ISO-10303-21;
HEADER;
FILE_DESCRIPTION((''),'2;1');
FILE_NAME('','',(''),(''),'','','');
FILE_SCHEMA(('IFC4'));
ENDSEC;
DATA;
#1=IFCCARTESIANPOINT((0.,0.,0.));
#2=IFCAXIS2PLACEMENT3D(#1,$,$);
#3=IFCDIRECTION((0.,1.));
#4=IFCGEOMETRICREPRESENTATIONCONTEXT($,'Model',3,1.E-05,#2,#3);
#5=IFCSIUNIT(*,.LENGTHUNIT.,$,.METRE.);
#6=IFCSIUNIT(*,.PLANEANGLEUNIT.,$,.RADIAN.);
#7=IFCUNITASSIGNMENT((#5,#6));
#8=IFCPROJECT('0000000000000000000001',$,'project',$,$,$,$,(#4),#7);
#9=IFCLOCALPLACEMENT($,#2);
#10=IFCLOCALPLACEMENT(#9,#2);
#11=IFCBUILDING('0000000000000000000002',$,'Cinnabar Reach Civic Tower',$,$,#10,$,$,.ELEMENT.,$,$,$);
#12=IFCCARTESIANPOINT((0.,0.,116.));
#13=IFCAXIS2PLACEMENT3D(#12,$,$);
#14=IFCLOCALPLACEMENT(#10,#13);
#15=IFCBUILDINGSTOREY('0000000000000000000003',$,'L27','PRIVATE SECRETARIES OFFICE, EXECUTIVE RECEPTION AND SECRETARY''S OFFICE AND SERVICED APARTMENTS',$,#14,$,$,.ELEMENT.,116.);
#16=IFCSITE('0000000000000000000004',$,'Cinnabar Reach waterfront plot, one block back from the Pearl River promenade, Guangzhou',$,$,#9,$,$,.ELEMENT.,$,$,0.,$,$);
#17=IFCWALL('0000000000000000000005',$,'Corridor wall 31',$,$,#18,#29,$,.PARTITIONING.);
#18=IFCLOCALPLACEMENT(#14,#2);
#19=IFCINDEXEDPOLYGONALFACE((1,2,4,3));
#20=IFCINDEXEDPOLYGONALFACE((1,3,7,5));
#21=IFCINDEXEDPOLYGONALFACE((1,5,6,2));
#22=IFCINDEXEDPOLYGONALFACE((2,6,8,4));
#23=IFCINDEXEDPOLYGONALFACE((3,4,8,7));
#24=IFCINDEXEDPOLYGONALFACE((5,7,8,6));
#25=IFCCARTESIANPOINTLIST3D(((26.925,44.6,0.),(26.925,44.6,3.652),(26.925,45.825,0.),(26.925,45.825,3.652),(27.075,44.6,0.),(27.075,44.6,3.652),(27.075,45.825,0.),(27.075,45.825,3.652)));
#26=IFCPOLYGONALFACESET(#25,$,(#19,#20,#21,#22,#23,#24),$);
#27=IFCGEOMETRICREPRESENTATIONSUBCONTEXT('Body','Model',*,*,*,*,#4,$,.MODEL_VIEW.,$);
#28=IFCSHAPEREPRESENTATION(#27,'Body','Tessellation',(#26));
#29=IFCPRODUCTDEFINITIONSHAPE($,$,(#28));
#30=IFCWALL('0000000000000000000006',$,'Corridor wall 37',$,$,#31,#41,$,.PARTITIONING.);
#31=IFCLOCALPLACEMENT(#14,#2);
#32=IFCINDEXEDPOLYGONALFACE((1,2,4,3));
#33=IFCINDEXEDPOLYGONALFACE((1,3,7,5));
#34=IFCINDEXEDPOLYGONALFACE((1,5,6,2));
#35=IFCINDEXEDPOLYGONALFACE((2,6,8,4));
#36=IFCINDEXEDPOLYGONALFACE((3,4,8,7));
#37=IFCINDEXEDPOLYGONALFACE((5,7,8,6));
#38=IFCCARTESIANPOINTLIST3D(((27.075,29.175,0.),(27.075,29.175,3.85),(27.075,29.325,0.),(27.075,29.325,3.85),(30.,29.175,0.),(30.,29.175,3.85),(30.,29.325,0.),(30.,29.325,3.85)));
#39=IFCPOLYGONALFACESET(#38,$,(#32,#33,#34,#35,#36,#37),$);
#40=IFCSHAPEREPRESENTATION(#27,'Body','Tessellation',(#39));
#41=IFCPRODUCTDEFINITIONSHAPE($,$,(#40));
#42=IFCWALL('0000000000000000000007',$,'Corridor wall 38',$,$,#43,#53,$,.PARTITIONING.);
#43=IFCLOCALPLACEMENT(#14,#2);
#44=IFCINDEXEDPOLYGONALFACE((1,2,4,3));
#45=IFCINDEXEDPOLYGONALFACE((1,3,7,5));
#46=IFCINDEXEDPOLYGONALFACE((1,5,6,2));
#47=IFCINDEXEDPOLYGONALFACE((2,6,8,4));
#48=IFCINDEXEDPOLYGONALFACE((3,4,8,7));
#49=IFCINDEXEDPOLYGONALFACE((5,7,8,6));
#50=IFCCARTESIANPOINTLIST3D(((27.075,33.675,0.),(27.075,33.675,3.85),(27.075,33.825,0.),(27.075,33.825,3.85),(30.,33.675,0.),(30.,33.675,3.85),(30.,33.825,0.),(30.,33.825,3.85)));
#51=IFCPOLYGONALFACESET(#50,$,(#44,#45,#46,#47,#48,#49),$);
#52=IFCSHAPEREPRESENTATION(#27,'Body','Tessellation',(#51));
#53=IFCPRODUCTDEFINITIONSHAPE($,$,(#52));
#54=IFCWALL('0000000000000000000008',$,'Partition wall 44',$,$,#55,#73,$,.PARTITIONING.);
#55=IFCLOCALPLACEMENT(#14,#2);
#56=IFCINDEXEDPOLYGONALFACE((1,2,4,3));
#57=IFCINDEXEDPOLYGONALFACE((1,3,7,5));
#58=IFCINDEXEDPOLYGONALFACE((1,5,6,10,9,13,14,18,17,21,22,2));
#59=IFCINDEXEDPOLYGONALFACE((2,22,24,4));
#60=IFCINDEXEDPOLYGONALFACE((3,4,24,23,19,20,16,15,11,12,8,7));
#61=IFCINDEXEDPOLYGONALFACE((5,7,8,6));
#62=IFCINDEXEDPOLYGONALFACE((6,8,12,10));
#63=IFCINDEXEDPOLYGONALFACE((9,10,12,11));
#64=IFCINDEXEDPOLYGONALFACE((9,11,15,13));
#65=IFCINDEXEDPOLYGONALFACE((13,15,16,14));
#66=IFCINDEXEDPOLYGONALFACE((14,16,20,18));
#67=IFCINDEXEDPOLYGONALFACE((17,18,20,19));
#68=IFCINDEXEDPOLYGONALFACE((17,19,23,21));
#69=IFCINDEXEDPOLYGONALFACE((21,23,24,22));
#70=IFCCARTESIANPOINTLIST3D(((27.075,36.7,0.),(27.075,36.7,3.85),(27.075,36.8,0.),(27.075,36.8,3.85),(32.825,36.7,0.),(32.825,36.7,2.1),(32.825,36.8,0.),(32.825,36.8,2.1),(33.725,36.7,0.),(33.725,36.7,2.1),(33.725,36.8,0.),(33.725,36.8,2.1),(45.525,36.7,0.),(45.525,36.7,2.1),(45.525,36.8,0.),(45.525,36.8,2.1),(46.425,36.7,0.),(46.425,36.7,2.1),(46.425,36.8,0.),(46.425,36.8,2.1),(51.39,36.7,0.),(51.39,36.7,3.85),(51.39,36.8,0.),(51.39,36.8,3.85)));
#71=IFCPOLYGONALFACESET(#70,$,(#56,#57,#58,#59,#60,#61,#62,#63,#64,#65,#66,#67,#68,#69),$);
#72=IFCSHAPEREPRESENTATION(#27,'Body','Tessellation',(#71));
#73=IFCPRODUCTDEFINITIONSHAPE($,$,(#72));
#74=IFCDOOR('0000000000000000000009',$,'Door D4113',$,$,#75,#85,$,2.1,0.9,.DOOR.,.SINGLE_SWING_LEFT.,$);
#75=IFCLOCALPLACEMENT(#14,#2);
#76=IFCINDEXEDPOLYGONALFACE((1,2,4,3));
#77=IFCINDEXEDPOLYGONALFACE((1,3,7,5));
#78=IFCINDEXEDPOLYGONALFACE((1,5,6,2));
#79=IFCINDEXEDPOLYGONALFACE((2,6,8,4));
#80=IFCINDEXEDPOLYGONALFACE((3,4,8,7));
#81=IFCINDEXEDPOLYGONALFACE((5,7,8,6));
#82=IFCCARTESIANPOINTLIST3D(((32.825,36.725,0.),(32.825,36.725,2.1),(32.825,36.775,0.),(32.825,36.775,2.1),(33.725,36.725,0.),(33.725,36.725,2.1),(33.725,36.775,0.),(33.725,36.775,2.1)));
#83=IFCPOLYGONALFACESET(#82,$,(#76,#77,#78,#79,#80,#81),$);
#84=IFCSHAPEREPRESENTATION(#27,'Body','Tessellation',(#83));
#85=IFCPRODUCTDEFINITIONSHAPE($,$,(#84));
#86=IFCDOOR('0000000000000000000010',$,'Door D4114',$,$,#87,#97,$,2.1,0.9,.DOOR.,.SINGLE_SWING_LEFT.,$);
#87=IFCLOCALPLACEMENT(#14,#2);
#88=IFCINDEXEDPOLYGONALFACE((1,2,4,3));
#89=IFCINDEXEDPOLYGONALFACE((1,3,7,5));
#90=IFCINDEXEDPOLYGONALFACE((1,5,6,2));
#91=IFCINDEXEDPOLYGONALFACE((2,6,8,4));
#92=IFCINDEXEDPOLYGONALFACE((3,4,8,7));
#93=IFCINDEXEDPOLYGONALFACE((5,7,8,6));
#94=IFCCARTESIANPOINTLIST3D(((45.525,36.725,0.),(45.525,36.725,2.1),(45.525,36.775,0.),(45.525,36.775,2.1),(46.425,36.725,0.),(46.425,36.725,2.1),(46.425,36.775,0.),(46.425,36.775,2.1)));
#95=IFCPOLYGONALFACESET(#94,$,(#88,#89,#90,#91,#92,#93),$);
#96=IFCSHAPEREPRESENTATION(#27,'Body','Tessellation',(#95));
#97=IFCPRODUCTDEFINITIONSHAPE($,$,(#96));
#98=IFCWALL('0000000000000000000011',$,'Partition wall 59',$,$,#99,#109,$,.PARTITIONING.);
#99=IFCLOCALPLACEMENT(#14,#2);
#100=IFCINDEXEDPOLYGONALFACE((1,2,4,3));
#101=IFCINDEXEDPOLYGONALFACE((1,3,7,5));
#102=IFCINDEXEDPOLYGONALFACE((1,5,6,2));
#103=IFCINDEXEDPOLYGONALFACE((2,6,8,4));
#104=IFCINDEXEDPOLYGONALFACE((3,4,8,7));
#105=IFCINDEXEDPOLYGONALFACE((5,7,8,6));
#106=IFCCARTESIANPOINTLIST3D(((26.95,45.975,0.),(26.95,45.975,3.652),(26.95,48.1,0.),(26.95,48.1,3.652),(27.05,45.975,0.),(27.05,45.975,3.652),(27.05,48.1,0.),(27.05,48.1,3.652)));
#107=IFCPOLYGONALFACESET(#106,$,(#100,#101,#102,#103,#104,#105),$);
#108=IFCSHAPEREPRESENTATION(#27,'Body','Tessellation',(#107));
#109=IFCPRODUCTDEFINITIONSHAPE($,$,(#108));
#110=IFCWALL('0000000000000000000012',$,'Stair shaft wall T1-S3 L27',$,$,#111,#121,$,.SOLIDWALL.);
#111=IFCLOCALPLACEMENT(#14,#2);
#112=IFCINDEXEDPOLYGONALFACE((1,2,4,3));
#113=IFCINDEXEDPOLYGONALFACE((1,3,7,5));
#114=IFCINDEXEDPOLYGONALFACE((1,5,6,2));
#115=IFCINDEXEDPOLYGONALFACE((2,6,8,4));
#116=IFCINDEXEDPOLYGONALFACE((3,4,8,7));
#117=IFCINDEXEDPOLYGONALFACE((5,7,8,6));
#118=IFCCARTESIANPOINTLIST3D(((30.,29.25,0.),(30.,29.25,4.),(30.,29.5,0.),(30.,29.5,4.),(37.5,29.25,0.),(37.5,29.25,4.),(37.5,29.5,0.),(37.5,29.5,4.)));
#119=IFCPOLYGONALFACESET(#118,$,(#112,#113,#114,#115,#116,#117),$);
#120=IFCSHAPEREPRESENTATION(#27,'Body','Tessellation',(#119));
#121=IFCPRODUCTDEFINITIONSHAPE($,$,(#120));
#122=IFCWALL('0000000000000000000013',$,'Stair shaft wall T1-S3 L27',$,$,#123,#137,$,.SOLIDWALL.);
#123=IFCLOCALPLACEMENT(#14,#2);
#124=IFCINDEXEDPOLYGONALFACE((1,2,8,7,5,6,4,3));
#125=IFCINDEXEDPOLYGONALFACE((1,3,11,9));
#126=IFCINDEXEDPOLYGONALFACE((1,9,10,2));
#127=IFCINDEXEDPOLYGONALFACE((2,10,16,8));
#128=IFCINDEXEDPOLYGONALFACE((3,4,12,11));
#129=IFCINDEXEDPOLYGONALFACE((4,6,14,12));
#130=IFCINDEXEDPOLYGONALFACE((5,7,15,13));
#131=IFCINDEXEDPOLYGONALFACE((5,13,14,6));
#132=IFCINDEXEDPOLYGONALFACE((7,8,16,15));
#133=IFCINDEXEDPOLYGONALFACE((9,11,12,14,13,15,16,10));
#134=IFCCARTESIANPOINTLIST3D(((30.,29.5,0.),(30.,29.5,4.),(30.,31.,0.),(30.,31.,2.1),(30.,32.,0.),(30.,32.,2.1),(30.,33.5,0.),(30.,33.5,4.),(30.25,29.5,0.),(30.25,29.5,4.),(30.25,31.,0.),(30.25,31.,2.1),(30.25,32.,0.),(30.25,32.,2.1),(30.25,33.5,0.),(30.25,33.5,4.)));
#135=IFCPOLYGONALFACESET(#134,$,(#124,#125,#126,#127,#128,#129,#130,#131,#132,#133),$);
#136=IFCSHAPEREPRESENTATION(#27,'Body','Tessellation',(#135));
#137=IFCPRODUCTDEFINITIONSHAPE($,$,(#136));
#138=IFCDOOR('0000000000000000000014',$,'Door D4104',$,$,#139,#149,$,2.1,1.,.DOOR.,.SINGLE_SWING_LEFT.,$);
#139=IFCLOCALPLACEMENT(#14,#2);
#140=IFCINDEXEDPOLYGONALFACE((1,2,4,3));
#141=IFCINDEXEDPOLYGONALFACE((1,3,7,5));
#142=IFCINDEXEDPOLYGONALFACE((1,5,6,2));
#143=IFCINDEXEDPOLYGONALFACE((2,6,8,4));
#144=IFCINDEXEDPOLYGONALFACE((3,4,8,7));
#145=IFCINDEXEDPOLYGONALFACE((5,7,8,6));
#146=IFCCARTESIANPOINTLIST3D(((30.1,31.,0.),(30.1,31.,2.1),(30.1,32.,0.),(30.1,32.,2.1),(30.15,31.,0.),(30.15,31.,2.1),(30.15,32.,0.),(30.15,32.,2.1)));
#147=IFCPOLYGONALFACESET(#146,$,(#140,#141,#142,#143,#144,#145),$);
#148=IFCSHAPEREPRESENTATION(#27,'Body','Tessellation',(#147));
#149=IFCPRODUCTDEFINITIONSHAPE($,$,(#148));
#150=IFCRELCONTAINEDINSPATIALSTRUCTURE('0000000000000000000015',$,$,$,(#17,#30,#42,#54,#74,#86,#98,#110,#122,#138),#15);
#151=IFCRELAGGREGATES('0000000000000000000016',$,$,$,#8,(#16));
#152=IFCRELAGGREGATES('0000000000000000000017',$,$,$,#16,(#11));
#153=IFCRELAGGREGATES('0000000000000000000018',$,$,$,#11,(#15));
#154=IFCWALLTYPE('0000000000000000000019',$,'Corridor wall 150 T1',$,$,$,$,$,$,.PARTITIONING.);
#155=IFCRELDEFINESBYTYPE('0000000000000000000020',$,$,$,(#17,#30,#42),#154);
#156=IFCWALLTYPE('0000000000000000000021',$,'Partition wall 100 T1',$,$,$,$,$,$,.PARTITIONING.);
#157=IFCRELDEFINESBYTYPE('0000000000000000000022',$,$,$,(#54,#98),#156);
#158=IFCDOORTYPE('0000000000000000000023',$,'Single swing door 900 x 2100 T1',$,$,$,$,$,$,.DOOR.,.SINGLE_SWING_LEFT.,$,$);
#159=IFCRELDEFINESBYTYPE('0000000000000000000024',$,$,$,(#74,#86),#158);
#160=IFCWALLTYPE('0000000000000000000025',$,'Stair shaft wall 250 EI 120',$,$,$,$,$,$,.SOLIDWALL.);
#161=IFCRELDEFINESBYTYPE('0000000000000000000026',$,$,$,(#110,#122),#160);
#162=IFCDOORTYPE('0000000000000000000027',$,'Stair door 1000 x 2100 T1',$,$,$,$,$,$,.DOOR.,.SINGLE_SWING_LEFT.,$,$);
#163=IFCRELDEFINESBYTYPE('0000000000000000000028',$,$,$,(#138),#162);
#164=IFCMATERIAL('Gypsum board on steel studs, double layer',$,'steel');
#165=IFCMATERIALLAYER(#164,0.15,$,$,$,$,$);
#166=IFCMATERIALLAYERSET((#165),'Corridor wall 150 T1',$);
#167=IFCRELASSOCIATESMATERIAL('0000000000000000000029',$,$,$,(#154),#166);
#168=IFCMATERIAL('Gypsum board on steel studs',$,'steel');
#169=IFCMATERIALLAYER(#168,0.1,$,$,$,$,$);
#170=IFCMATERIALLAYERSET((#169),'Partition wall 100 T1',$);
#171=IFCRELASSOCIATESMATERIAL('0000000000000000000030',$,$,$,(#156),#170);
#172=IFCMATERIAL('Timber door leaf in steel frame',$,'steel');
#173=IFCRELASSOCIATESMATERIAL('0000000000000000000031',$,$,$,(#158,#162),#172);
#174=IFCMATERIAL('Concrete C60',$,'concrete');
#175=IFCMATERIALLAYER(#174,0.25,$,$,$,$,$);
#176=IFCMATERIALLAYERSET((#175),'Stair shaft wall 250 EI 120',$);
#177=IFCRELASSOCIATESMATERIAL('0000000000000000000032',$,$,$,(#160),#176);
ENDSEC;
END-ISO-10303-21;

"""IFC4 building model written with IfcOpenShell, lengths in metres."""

from ifc_helpers import new_model, si_unit, direction, frame, frame_2d, origin, place, context, subcontext, project, spatial, rectangle, extrude, material, layer, layer_set, type_object, element, fill, save


model = new_model("IFC4")

# Units and contexts
model_context = context("Model", 3, precision=1e-05, world=origin(), true_north=direction((0.0, 1.0)))
body_context = subcontext(model_context, "Body", "Model", "MODEL_VIEW")
ifc_project = project(units=[si_unit("LENGTHUNIT", "METRE"), si_unit("PLANEANGLEUNIT", "RADIAN")], contexts=[model_context])

# Site, building, storey
site_placement = place(None, origin())
site = spatial("IfcSite", under=ifc_project, at=site_placement, Name="Cinnabar Reach waterfront plot, one block back from the Pearl River promenade, Guangzhou", CompositionType="ELEMENT", RefElevation=0.0)
building_placement = place(site_placement, origin())
building = spatial("IfcBuilding", under=site, at=building_placement, Name="Cinnabar Reach Civic Tower", CompositionType="ELEMENT")
storey_placement = place(building_placement, frame((0.0, 0.0, 116.0)))
storey = spatial("IfcBuildingStorey", under=building, at=storey_placement, Name="L27", Description="PRIVATE SECRETARIES OFFICE, EXECUTIVE RECEPTION AND SECRETARY'S OFFICE AND SERVICED APARTMENTS", CompositionType="ELEMENT", Elevation=116.0)

# Shared definitions
ifc_material_1 = material(Name="Gypsum board on steel studs, double layer", Category="steel")
ifc_layer_1 = layer(ifc_material_1, 0.15)
ifc_layer_set_1 = layer_set([ifc_layer_1], Name="Corridor wall 150 T1")
wall_type_1 = type_object("IfcWallType", Name="Corridor wall 150 T1", PredefinedType="PARTITIONING", material=ifc_layer_set_1)
ifc_material_2 = material(Name="Timber door leaf in steel frame", Category="steel")

# Walls
wall_1_placement = place(storey_placement, frame((27.0, 44.6, 0.0), z_axis=(0.0, 0.0, 1.0), x_axis=(0.0, 1.0, 0.0)))
element("IfcWall", 1, at=wall_1_placement, inside=storey, type_object=wall_type_1, Name="Corridor wall 31", PredefinedType="PARTITIONING", context=body_context, shape_type="SweptSolid", body=[
    extrude(rectangle(XDim=1.225, YDim=0.15, at=frame_2d((0.6125, 0.0))), origin(), (0.0, 0.0, 1.0), 3.652),
])
for number, where, z_axis, x_axis, name in (
    (2, (27.075, 29.25, 0.0), (0.0, 0.0, 1.0), (1.0, 0.0, 0.0), "Corridor wall 37"),
    (3, (27.075, 33.75, 0.0), (0.0, 0.0, 1.0), (1.0, 0.0, 0.0), "Corridor wall 38"),
):
    element("IfcWall", number, at=place(storey_placement, frame(where, z_axis=z_axis, x_axis=x_axis)), inside=storey, type_object=wall_type_1, Name=name, PredefinedType="PARTITIONING", context=body_context, shape_type="SweptSolid", body=[
        extrude(rectangle(XDim=2.925, YDim=0.15, at=frame_2d((1.4625, 0.0))), origin(), (0.0, 0.0, 1.0), 3.85),
    ])

# Wall, openings, doors
ifc_material_3 = material(Name="Gypsum board on steel studs", Category="steel")
ifc_layer_2 = layer(ifc_material_3, 0.1)
ifc_layer_set_2 = layer_set([ifc_layer_2], Name="Partition wall 100 T1")
wall_type_2 = type_object("IfcWallType", Name="Partition wall 100 T1", PredefinedType="PARTITIONING", material=ifc_layer_set_2)
wall_2_placement = place(storey_placement, frame((27.075, 36.75, 0.0), z_axis=(0.0, 0.0, 1.0), x_axis=(1.0, 0.0, 0.0)))
wall_2 = element("IfcWall", 4, at=wall_2_placement, inside=storey, type_object=wall_type_2, Name="Partition wall 44", PredefinedType="PARTITIONING", context=body_context, shape_type="SweptSolid", body=[
    extrude(rectangle(XDim=24.315, YDim=0.1, at=frame_2d((12.1575, 0.0))), origin(), (0.0, 0.0, 1.0), 3.85),
])
opening_1_placement = place(wall_2_placement, frame((5.75, 0.0, 0.0)))
opening_1 = element("IfcOpeningElement", 5, at=opening_1_placement, cuts=wall_2, PredefinedType="OPENING", context=body_context, shape_type="SweptSolid", body=[
    extrude(rectangle(XDim=0.9, YDim=2.1, at=frame_2d((0.45, 1.05))), frame((0.0, 0.06, 0.0), z_axis=(0.0, -1.0, 0.0), x_axis=(1.0, 0.0, 0.0)), (0.0, 0.0, 1.0), 0.12),
])
opening_2_placement = place(wall_2_placement, frame((18.45, 0.0, 0.0)))
opening_2 = element("IfcOpeningElement", 6, at=opening_2_placement, cuts=wall_2, PredefinedType="OPENING", context=body_context, shape_type="SweptSolid", body=[
    extrude(rectangle(XDim=0.9, YDim=2.1, at=frame_2d((0.45, 1.05))), frame((0.0, 0.06, 0.0), z_axis=(0.0, -1.0, 0.0), x_axis=(1.0, 0.0, 0.0)), (0.0, 0.0, 1.0), 0.12),
])
door_type_1 = type_object("IfcDoorType", Name="Single swing door 900 x 2100 T1", OperationType="SINGLE_SWING_LEFT", PredefinedType="DOOR", material=ifc_material_2)
door_1_placement = place(opening_1_placement, frame((0.9, 0.0, 0.0), z_axis=(0.0, 0.0, 1.0), x_axis=(-1.0, 0.0, 0.0)))
door_1 = element("IfcDoor", 7, at=door_1_placement, inside=storey, type_object=door_type_1, Name="Door D4113", OperationType="SINGLE_SWING_LEFT", OverallHeight=2.1, OverallWidth=0.9, PredefinedType="DOOR", context=body_context, shape_type="SweptSolid", body=[
    extrude(rectangle(XDim=0.9, YDim=2.1, at=frame_2d((0.45, 1.05))), frame((0.0, 0.025, 0.0), z_axis=(0.0, -1.0, 0.0), x_axis=(1.0, 0.0, 0.0)), (0.0, 0.0, 1.0), 0.05),
])
fill(opening_1, door_1)
door_2_placement = place(opening_2_placement, origin())
door_2 = element("IfcDoor", 8, at=door_2_placement, inside=storey, type_object=door_type_1, Name="Door D4114", OperationType="SINGLE_SWING_LEFT", OverallHeight=2.1, OverallWidth=0.9, PredefinedType="DOOR", context=body_context, shape_type="SweptSolid", body=[
    extrude(rectangle(XDim=0.9, YDim=2.1, at=frame_2d((0.45, 1.05))), frame((0.0, 0.025, 0.0), z_axis=(0.0, -1.0, 0.0), x_axis=(1.0, 0.0, 0.0)), (0.0, 0.0, 1.0), 0.05),
])
fill(opening_2, door_2)

# Walls
wall_3_placement = place(storey_placement, frame((27.0, 45.975, 0.0), z_axis=(0.0, 0.0, 1.0), x_axis=(0.0, 1.0, 0.0)))
element("IfcWall", 9, at=wall_3_placement, inside=storey, type_object=wall_type_2, Name="Partition wall 59", PredefinedType="PARTITIONING", context=body_context, shape_type="SweptSolid", body=[
    extrude(rectangle(XDim=2.125, YDim=0.1, at=frame_2d((1.0625, 0.0))), origin(), (0.0, 0.0, 1.0), 3.652),
])
ifc_material_4 = material(Name="Concrete C60", Category="concrete")
ifc_layer_3 = layer(ifc_material_4, 0.25)
ifc_layer_set_3 = layer_set([ifc_layer_3], Name="Stair shaft wall 250 EI 120")
wall_type_3 = type_object("IfcWallType", Name="Stair shaft wall 250 EI 120", PredefinedType="SOLIDWALL", material=ifc_layer_set_3)
wall_4_placement = place(storey_placement, frame((30.0, 29.375, 0.0), z_axis=(0.0, 0.0, 1.0), x_axis=(1.0, 0.0, 0.0)))
element("IfcWall", 10, at=wall_4_placement, inside=storey, type_object=wall_type_3, Name="Stair shaft wall T1-S3 L27", PredefinedType="SOLIDWALL", context=body_context, shape_type="SweptSolid", body=[
    extrude(rectangle(XDim=7.5, YDim=0.25, at=frame_2d((3.75, 0.0))), origin(), (0.0, 0.0, 1.0), 4.0),
])

# Wall, opening, door
wall_5_placement = place(storey_placement, frame((30.125, 33.5, 0.0), z_axis=(0.0, 0.0, 1.0), x_axis=(0.0, -1.0, 0.0)))
wall_5 = element("IfcWall", 11, at=wall_5_placement, inside=storey, type_object=wall_type_3, Name="Stair shaft wall T1-S3 L27", PredefinedType="SOLIDWALL", context=body_context, shape_type="SweptSolid", body=[
    extrude(rectangle(XDim=4.0, YDim=0.25, at=frame_2d((2.0, 0.0))), origin(), (0.0, 0.0, 1.0), 4.0),
])
opening_3_placement = place(wall_5_placement, frame((1.5, 0.0, 0.0)))
opening_3 = element("IfcOpeningElement", 12, at=opening_3_placement, cuts=wall_5, PredefinedType="OPENING", context=body_context, shape_type="SweptSolid", body=[
    extrude(rectangle(XDim=1.0, YDim=2.1, at=frame_2d((0.5, 1.05))), frame((0.0, 0.135, 0.0), z_axis=(0.0, -1.0, 0.0), x_axis=(1.0, 0.0, 0.0)), (0.0, 0.0, 1.0), 0.27),
])
door_type_2 = type_object("IfcDoorType", Name="Stair door 1000 x 2100 T1", OperationType="SINGLE_SWING_LEFT", PredefinedType="DOOR", material=ifc_material_2)
door_3_placement = place(opening_3_placement, origin())
door_3 = element("IfcDoor", 13, at=door_3_placement, inside=storey, type_object=door_type_2, Name="Door D4104", OperationType="SINGLE_SWING_LEFT", OverallHeight=2.1, OverallWidth=1.0, PredefinedType="DOOR", context=body_context, shape_type="SweptSolid", body=[
    extrude(rectangle(XDim=1.0, YDim=2.1, at=frame_2d((0.5, 1.05))), frame((0.0, 0.025, 0.0), z_axis=(0.0, -1.0, 0.0), x_axis=(1.0, 0.0, 0.0)), (0.0, 0.0, 1.0), 0.05),
])
fill(opening_3, door_3)

save(model, "model.ifc")
